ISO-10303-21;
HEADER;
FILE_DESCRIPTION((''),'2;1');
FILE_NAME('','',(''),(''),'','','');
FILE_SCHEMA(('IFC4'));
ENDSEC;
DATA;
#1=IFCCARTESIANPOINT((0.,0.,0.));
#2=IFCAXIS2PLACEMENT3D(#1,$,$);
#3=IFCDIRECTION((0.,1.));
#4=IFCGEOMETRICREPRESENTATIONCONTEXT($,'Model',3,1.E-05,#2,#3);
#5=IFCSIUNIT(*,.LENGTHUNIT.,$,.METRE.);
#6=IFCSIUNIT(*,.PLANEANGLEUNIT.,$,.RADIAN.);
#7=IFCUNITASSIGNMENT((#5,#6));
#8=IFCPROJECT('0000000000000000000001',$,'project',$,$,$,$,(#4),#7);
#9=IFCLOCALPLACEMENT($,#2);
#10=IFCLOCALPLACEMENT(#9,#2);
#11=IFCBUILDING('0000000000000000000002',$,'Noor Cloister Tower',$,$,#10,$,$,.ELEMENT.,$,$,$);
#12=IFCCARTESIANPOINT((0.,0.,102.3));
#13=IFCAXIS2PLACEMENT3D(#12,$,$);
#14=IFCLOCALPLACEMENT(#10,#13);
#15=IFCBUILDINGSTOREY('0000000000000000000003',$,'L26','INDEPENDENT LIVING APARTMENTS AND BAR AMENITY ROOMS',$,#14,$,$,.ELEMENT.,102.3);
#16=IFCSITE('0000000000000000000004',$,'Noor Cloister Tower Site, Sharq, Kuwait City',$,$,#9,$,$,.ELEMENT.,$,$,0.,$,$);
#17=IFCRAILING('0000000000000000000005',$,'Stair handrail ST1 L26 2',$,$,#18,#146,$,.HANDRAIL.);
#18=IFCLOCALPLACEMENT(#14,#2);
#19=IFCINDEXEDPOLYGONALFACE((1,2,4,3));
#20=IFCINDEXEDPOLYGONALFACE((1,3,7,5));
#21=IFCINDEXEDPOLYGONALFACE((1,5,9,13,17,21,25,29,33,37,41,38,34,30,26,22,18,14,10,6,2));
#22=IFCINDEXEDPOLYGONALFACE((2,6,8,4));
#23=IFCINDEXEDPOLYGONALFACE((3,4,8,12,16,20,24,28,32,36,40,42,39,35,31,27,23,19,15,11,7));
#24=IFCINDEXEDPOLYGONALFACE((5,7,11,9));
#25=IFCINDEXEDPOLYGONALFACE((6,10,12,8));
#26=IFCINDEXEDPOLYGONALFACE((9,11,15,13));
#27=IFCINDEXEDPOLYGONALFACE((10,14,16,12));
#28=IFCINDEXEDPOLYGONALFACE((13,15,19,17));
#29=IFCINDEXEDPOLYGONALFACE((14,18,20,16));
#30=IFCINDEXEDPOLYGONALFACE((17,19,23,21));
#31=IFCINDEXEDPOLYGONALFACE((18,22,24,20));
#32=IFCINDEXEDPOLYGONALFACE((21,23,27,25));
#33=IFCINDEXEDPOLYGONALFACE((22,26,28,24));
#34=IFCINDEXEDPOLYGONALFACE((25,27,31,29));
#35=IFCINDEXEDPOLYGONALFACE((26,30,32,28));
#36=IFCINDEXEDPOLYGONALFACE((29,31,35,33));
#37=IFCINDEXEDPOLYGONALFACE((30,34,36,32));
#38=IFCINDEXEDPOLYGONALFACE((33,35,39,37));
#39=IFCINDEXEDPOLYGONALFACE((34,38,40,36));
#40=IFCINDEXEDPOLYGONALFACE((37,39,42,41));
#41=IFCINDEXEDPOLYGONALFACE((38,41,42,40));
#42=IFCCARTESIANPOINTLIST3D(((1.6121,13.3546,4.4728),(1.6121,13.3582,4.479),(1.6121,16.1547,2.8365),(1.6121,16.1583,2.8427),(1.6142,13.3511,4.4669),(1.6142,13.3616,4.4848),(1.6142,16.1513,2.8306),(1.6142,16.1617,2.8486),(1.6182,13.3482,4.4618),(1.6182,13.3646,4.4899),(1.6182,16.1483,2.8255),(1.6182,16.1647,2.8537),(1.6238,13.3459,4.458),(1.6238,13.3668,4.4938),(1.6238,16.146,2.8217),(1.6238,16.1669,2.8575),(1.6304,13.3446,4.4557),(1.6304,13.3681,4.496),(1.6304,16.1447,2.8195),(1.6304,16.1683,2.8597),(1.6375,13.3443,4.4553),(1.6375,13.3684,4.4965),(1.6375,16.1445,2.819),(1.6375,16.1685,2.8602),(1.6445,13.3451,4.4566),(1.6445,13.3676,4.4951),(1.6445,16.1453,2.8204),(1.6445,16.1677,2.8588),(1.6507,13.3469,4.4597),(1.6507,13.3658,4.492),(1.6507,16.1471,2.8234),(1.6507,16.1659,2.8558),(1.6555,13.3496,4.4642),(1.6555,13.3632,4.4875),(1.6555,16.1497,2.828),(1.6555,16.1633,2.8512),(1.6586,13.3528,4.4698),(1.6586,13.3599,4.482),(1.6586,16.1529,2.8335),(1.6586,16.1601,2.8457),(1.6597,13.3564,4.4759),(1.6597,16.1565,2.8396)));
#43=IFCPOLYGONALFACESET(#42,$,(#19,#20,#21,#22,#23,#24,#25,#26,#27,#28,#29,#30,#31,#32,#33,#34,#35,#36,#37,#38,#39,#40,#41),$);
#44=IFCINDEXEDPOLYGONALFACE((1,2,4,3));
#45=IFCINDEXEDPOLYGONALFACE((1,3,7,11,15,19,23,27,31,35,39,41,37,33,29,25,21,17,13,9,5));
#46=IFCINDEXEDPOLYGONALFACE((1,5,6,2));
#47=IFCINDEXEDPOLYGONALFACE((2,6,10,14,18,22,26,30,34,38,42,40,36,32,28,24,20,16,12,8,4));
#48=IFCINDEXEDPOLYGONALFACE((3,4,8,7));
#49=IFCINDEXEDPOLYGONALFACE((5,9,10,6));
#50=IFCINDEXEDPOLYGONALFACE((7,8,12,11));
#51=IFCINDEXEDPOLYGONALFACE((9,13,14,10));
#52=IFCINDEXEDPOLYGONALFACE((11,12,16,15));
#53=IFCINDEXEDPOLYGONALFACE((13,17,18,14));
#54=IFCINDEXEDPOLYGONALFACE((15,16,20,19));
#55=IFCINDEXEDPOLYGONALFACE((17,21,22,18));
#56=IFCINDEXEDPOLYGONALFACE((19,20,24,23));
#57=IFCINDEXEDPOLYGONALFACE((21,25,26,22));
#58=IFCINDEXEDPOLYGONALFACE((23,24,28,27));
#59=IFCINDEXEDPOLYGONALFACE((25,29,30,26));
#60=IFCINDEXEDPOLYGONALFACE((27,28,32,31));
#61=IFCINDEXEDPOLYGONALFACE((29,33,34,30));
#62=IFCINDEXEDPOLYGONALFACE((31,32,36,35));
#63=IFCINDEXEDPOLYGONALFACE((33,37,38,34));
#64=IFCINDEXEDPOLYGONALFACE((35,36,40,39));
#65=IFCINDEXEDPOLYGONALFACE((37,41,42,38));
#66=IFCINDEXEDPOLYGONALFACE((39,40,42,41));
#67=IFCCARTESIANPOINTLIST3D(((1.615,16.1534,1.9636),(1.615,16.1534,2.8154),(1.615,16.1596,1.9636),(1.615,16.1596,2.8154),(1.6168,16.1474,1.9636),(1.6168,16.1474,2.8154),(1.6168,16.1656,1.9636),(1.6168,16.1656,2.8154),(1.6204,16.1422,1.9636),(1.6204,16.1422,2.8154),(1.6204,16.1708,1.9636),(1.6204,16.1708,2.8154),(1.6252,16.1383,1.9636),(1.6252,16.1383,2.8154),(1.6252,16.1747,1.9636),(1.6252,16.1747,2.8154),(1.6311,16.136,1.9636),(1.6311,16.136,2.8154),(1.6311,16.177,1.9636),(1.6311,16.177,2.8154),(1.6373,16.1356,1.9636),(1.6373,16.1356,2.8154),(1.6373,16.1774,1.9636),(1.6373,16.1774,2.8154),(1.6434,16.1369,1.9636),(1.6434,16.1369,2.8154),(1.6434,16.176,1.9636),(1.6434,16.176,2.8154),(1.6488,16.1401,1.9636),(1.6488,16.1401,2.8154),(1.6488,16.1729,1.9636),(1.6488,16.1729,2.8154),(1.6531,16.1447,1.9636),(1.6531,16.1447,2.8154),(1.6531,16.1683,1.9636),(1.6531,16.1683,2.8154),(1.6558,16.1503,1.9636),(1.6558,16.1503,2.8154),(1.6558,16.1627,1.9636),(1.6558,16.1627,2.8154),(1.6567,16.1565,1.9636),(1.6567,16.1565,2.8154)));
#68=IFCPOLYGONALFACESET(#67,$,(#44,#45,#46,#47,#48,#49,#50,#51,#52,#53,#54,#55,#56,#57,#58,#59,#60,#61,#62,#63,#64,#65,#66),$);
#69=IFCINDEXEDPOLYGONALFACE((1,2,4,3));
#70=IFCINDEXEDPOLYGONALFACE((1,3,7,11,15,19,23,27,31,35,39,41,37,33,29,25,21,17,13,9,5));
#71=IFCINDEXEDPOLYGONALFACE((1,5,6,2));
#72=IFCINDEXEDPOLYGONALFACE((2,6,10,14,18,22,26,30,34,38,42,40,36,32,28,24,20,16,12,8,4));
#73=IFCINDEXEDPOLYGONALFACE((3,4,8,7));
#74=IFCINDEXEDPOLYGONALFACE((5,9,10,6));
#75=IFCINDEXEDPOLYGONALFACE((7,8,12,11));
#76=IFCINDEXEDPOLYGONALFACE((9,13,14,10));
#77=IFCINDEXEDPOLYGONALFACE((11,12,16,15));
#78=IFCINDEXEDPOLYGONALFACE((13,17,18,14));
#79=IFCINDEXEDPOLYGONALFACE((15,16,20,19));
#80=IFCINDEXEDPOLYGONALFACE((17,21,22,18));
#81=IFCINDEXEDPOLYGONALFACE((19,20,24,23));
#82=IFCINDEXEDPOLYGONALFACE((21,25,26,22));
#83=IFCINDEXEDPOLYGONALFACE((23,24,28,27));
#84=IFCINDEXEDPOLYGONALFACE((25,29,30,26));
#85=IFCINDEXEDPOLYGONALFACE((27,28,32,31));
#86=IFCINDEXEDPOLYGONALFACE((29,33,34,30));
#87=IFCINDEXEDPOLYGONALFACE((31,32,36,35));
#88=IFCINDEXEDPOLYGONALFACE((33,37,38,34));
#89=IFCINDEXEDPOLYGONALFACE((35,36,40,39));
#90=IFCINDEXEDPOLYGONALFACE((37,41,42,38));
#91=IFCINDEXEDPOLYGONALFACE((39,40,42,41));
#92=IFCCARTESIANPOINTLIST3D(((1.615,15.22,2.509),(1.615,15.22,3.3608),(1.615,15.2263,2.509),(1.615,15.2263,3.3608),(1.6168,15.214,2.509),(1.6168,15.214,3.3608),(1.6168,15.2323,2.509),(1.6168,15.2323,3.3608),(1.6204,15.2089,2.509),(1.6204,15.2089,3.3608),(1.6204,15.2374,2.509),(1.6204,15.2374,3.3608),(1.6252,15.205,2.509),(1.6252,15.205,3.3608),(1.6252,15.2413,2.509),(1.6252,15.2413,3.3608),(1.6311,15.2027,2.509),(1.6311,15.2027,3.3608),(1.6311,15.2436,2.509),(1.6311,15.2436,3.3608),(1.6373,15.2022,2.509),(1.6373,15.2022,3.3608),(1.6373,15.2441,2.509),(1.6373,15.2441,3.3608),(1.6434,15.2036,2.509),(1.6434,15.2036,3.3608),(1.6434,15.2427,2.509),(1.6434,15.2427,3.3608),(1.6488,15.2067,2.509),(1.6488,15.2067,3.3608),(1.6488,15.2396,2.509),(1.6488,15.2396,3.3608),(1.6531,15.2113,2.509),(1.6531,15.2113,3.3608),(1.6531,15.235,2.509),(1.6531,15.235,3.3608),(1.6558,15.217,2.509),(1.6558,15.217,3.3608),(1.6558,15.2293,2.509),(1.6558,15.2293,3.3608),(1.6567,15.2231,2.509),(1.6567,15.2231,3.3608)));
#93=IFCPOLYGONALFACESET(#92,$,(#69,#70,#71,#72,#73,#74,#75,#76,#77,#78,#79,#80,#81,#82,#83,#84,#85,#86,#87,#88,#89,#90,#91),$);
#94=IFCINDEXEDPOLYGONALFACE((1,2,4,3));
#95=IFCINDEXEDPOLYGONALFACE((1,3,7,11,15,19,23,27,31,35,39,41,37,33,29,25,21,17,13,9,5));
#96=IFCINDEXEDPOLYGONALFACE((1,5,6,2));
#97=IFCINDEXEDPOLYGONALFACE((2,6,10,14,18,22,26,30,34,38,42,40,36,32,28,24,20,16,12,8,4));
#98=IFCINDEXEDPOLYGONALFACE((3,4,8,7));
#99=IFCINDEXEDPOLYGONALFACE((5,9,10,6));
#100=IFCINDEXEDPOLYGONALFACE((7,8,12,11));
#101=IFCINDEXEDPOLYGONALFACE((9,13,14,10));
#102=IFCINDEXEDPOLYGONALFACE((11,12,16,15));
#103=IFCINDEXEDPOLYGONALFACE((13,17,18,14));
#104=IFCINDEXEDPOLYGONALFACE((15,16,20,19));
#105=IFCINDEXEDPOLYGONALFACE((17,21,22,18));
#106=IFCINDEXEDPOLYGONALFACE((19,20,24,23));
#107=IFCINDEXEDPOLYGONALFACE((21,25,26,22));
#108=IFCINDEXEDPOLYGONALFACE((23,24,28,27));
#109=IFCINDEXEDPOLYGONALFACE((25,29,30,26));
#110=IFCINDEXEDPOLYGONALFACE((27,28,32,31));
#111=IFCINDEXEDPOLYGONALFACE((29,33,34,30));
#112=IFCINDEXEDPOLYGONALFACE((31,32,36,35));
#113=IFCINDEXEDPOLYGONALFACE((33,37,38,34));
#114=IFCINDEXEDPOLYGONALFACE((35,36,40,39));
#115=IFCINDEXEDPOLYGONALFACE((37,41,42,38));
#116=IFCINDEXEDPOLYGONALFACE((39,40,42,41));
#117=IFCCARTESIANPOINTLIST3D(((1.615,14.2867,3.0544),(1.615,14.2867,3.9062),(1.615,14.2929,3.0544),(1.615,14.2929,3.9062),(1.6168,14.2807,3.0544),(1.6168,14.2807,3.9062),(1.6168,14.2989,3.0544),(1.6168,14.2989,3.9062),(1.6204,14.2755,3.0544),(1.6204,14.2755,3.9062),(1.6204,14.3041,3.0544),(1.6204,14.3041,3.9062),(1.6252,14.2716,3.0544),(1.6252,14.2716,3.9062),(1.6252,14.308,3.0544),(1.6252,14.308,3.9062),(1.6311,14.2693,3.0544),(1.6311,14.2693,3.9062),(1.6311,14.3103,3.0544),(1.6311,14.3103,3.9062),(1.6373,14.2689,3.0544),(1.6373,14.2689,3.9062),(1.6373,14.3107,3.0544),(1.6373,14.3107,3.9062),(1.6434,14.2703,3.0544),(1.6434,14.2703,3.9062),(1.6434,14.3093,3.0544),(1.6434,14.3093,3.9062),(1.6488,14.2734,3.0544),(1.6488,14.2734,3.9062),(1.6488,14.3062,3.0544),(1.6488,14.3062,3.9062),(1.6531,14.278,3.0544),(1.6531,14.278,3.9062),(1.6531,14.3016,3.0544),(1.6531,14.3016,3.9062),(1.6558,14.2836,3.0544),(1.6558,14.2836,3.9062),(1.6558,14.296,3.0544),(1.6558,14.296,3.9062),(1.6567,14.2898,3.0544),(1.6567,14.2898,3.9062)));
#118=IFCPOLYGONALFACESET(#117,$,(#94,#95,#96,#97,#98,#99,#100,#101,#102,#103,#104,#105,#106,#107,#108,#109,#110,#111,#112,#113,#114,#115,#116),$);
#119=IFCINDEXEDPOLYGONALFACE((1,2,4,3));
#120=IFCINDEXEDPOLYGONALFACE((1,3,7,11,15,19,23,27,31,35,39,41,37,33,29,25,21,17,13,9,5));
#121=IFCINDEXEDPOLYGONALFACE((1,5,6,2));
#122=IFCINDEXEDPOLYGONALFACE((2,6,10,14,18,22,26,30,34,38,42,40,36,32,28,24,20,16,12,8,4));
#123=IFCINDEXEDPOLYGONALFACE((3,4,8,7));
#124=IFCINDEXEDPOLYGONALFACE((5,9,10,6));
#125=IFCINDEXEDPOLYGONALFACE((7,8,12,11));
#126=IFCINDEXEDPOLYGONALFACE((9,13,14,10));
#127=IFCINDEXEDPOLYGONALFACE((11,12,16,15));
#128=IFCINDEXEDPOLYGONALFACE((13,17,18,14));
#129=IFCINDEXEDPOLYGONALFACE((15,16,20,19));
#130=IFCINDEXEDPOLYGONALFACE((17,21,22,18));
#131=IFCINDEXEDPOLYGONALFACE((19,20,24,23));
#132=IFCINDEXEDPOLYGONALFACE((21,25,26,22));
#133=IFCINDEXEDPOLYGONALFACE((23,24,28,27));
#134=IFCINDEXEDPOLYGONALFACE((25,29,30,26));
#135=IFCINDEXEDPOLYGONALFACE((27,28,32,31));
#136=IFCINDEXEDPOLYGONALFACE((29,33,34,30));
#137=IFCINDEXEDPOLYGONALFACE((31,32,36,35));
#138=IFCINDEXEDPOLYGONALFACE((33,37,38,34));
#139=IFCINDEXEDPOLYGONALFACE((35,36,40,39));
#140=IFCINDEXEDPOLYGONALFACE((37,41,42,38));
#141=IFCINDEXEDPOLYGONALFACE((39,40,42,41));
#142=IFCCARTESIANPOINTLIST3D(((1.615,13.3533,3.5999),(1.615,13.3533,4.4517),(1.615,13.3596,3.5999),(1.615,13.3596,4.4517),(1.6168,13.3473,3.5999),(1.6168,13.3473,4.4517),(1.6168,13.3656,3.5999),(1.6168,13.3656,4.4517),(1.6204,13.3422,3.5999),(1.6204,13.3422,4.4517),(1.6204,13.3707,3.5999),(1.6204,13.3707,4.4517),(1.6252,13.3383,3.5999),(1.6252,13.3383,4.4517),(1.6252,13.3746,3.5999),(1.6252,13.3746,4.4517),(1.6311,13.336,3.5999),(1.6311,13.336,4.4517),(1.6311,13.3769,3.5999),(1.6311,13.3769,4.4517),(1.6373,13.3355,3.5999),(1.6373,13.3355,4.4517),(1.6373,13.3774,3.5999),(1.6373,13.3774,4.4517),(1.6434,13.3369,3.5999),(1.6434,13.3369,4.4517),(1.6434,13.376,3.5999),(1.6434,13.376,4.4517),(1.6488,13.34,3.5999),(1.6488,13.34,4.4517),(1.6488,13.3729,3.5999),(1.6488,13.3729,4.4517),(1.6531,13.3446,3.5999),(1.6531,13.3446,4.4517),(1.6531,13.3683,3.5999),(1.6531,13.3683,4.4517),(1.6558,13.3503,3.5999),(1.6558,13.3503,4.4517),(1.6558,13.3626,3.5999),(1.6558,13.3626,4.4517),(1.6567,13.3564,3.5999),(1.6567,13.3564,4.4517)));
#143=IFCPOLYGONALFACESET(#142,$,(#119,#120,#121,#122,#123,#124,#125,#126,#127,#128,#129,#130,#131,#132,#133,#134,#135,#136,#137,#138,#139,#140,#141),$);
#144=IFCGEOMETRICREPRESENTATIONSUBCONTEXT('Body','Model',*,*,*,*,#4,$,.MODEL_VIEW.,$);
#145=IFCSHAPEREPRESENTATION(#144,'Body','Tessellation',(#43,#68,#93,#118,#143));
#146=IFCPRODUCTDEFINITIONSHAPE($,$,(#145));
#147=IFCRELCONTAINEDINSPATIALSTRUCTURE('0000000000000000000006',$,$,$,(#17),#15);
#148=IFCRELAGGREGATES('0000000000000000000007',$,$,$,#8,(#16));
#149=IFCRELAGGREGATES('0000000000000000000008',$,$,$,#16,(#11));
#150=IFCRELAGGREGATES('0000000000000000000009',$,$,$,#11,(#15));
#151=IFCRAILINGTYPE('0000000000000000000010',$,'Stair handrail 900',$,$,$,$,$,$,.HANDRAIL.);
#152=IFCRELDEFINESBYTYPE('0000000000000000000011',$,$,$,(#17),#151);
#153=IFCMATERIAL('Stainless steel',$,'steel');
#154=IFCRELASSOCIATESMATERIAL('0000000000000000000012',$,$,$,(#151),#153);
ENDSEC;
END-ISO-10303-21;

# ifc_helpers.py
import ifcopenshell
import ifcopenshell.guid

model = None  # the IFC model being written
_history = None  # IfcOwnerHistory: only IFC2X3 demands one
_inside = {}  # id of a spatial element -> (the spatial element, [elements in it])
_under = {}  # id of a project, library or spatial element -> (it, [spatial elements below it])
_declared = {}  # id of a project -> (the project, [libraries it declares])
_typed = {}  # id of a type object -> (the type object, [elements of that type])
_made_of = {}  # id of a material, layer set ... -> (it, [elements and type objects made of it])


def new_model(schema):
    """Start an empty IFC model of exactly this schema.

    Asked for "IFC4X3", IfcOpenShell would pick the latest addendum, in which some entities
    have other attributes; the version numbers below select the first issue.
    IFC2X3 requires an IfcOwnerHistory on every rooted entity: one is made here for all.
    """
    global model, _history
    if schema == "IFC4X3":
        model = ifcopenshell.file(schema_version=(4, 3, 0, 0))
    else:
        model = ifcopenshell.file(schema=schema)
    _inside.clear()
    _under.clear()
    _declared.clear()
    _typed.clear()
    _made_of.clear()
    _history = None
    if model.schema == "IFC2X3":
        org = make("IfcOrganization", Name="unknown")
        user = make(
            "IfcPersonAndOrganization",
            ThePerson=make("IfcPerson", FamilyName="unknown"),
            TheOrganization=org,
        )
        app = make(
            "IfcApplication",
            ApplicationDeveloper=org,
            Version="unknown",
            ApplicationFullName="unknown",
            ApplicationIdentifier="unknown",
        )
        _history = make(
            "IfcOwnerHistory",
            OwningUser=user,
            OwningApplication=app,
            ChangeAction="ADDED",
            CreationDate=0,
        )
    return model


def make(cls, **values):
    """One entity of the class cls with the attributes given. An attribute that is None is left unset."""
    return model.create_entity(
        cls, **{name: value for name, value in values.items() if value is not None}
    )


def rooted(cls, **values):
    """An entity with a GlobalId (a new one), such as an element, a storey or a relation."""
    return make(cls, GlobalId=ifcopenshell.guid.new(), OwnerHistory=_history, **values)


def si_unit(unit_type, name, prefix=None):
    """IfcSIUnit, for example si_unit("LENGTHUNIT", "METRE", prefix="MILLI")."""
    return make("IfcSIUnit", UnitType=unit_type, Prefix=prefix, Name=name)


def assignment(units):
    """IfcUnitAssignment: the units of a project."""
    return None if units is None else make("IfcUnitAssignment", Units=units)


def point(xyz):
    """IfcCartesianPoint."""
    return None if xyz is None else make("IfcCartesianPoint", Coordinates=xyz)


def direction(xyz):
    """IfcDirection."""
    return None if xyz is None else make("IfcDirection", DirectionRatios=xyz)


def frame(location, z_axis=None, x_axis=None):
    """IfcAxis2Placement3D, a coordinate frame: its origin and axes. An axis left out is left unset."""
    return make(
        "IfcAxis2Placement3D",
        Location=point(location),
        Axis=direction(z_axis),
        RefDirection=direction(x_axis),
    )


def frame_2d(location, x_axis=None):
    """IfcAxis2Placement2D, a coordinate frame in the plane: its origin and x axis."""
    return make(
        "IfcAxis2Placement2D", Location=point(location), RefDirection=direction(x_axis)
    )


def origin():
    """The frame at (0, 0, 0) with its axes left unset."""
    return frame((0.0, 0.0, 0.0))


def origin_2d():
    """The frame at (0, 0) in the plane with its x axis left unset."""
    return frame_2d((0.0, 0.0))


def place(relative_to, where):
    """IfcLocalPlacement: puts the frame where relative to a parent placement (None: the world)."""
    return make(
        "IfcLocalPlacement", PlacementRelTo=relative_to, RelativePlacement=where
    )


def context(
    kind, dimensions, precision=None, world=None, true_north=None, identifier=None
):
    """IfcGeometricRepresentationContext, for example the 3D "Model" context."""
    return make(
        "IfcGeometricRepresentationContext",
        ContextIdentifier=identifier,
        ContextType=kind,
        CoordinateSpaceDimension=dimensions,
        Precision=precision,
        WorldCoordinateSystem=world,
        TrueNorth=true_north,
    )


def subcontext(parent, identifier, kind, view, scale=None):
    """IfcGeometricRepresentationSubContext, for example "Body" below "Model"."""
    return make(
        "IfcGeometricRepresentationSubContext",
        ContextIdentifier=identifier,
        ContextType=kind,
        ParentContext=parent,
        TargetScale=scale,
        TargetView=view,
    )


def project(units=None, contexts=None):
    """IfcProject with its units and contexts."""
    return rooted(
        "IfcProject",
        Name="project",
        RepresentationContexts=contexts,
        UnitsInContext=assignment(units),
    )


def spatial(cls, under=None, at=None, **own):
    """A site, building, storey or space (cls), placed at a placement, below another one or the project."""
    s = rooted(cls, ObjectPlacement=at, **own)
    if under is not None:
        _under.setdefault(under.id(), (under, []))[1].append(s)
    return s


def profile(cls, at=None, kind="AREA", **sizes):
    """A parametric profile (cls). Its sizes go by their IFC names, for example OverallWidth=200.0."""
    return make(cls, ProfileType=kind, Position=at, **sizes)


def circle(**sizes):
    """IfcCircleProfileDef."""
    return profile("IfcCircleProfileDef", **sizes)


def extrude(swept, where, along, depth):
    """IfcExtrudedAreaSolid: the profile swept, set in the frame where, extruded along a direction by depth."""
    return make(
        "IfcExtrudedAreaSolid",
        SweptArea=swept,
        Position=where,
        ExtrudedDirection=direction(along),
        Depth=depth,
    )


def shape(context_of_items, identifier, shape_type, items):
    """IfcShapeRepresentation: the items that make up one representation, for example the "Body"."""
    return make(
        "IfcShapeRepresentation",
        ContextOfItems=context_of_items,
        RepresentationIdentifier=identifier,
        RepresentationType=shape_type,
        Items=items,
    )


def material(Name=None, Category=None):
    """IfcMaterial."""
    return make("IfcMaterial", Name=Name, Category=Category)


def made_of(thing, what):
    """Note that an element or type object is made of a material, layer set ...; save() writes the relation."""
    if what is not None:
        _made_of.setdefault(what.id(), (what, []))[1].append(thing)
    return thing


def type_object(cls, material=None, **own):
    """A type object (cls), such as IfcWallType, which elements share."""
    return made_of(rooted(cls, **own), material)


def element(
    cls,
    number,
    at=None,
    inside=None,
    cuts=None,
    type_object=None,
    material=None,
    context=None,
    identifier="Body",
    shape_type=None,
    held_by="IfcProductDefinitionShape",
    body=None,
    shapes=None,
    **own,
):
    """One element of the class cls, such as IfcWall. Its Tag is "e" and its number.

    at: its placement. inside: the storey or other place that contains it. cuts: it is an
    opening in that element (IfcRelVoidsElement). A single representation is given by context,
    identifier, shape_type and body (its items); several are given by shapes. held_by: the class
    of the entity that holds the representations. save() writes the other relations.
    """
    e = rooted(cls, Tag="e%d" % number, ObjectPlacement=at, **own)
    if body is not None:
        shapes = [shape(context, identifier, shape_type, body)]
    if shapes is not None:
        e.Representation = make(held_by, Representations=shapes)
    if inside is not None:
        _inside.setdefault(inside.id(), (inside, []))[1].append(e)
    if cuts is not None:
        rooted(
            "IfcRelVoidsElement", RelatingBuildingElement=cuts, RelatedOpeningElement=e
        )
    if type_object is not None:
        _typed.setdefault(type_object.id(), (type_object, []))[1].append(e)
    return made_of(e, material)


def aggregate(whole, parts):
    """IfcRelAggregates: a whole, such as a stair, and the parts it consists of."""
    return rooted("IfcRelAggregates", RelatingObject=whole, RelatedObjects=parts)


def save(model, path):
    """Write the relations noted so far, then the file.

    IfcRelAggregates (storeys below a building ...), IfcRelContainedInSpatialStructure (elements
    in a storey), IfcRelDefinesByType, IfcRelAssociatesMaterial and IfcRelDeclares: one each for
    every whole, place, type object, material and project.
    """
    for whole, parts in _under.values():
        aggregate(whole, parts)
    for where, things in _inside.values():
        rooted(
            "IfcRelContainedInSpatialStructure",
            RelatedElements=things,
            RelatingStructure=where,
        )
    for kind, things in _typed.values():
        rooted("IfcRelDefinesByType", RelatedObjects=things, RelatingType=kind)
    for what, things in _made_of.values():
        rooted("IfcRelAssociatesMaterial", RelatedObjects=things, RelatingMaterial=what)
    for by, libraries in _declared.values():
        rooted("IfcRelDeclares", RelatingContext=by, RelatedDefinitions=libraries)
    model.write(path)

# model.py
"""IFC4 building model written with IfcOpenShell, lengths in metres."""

from ifc_helpers import new_model, si_unit, direction, frame, origin, origin_2d, place, context, subcontext, project, spatial, circle, extrude, material, type_object, element, save


model = new_model("IFC4")

# Units and contexts
model_context = context("Model", 3, precision=1e-05, world=origin(), true_north=direction((0.0, 1.0)))
body_context = subcontext(model_context, "Body", "Model", "MODEL_VIEW")
ifc_project = project(units=[si_unit("LENGTHUNIT", "METRE"), si_unit("PLANEANGLEUNIT", "RADIAN")], contexts=[model_context])

# Site, building, storey
site_placement = place(None, origin())
site = spatial("IfcSite", under=ifc_project, at=site_placement, Name="Noor Cloister Tower Site, Sharq, Kuwait City", CompositionType="ELEMENT", RefElevation=0.0)
building_placement = place(site_placement, origin())
building = spatial("IfcBuilding", under=site, at=building_placement, Name="Noor Cloister Tower", CompositionType="ELEMENT")
storey_placement = place(building_placement, frame((0.0, 0.0, 102.3)))
storey = spatial("IfcBuildingStorey", under=building, at=storey_placement, Name="L26", Description="INDEPENDENT LIVING APARTMENTS AND BAR AMENITY ROOMS", CompositionType="ELEMENT", Elevation=102.3)

# Railing
ifc_material_1 = material(Name="Stainless steel", Category="steel")
railing_type_1 = type_object("IfcRailingType", Name="Stair handrail 900", PredefinedType="HANDRAIL", material=ifc_material_1)
railing_1_placement = place(storey_placement, frame((1.6357, 16.1565, 1.9636)))
element("IfcRailing", 1, at=railing_1_placement, inside=storey, type_object=railing_type_1, Name="Stair handrail ST1 L26 2", PredefinedType="HANDRAIL", context=body_context, shape_type="SweptSolid", body=[
    extrude(circle(Radius=0.0239, at=origin_2d()), frame((0.0, 0.0, 0.876), z_axis=(0.0, -0.863394, 0.504531), x_axis=(1.0, 0.0, 0.0)), (0.0, 0.0, 1.0), 3.2432),
    extrude(circle(Radius=0.021, at=origin_2d()), origin(), (0.0, 0.0, 1.0), 0.8518),
    extrude(circle(Radius=0.021, at=origin_2d()), frame((0.0, -0.9333, 0.5454)), (0.0, 0.0, 1.0), 0.8518),
    extrude(circle(Radius=0.021, at=origin_2d()), frame((0.0, -1.8667, 1.0908)), (0.0, 0.0, 1.0), 0.8518),
    extrude(circle(Radius=0.021, at=origin_2d()), frame((0.0, -2.8, 1.6362)), (0.0, 0.0, 1.0), 0.8518),
])

save(model, "model.ifc")
